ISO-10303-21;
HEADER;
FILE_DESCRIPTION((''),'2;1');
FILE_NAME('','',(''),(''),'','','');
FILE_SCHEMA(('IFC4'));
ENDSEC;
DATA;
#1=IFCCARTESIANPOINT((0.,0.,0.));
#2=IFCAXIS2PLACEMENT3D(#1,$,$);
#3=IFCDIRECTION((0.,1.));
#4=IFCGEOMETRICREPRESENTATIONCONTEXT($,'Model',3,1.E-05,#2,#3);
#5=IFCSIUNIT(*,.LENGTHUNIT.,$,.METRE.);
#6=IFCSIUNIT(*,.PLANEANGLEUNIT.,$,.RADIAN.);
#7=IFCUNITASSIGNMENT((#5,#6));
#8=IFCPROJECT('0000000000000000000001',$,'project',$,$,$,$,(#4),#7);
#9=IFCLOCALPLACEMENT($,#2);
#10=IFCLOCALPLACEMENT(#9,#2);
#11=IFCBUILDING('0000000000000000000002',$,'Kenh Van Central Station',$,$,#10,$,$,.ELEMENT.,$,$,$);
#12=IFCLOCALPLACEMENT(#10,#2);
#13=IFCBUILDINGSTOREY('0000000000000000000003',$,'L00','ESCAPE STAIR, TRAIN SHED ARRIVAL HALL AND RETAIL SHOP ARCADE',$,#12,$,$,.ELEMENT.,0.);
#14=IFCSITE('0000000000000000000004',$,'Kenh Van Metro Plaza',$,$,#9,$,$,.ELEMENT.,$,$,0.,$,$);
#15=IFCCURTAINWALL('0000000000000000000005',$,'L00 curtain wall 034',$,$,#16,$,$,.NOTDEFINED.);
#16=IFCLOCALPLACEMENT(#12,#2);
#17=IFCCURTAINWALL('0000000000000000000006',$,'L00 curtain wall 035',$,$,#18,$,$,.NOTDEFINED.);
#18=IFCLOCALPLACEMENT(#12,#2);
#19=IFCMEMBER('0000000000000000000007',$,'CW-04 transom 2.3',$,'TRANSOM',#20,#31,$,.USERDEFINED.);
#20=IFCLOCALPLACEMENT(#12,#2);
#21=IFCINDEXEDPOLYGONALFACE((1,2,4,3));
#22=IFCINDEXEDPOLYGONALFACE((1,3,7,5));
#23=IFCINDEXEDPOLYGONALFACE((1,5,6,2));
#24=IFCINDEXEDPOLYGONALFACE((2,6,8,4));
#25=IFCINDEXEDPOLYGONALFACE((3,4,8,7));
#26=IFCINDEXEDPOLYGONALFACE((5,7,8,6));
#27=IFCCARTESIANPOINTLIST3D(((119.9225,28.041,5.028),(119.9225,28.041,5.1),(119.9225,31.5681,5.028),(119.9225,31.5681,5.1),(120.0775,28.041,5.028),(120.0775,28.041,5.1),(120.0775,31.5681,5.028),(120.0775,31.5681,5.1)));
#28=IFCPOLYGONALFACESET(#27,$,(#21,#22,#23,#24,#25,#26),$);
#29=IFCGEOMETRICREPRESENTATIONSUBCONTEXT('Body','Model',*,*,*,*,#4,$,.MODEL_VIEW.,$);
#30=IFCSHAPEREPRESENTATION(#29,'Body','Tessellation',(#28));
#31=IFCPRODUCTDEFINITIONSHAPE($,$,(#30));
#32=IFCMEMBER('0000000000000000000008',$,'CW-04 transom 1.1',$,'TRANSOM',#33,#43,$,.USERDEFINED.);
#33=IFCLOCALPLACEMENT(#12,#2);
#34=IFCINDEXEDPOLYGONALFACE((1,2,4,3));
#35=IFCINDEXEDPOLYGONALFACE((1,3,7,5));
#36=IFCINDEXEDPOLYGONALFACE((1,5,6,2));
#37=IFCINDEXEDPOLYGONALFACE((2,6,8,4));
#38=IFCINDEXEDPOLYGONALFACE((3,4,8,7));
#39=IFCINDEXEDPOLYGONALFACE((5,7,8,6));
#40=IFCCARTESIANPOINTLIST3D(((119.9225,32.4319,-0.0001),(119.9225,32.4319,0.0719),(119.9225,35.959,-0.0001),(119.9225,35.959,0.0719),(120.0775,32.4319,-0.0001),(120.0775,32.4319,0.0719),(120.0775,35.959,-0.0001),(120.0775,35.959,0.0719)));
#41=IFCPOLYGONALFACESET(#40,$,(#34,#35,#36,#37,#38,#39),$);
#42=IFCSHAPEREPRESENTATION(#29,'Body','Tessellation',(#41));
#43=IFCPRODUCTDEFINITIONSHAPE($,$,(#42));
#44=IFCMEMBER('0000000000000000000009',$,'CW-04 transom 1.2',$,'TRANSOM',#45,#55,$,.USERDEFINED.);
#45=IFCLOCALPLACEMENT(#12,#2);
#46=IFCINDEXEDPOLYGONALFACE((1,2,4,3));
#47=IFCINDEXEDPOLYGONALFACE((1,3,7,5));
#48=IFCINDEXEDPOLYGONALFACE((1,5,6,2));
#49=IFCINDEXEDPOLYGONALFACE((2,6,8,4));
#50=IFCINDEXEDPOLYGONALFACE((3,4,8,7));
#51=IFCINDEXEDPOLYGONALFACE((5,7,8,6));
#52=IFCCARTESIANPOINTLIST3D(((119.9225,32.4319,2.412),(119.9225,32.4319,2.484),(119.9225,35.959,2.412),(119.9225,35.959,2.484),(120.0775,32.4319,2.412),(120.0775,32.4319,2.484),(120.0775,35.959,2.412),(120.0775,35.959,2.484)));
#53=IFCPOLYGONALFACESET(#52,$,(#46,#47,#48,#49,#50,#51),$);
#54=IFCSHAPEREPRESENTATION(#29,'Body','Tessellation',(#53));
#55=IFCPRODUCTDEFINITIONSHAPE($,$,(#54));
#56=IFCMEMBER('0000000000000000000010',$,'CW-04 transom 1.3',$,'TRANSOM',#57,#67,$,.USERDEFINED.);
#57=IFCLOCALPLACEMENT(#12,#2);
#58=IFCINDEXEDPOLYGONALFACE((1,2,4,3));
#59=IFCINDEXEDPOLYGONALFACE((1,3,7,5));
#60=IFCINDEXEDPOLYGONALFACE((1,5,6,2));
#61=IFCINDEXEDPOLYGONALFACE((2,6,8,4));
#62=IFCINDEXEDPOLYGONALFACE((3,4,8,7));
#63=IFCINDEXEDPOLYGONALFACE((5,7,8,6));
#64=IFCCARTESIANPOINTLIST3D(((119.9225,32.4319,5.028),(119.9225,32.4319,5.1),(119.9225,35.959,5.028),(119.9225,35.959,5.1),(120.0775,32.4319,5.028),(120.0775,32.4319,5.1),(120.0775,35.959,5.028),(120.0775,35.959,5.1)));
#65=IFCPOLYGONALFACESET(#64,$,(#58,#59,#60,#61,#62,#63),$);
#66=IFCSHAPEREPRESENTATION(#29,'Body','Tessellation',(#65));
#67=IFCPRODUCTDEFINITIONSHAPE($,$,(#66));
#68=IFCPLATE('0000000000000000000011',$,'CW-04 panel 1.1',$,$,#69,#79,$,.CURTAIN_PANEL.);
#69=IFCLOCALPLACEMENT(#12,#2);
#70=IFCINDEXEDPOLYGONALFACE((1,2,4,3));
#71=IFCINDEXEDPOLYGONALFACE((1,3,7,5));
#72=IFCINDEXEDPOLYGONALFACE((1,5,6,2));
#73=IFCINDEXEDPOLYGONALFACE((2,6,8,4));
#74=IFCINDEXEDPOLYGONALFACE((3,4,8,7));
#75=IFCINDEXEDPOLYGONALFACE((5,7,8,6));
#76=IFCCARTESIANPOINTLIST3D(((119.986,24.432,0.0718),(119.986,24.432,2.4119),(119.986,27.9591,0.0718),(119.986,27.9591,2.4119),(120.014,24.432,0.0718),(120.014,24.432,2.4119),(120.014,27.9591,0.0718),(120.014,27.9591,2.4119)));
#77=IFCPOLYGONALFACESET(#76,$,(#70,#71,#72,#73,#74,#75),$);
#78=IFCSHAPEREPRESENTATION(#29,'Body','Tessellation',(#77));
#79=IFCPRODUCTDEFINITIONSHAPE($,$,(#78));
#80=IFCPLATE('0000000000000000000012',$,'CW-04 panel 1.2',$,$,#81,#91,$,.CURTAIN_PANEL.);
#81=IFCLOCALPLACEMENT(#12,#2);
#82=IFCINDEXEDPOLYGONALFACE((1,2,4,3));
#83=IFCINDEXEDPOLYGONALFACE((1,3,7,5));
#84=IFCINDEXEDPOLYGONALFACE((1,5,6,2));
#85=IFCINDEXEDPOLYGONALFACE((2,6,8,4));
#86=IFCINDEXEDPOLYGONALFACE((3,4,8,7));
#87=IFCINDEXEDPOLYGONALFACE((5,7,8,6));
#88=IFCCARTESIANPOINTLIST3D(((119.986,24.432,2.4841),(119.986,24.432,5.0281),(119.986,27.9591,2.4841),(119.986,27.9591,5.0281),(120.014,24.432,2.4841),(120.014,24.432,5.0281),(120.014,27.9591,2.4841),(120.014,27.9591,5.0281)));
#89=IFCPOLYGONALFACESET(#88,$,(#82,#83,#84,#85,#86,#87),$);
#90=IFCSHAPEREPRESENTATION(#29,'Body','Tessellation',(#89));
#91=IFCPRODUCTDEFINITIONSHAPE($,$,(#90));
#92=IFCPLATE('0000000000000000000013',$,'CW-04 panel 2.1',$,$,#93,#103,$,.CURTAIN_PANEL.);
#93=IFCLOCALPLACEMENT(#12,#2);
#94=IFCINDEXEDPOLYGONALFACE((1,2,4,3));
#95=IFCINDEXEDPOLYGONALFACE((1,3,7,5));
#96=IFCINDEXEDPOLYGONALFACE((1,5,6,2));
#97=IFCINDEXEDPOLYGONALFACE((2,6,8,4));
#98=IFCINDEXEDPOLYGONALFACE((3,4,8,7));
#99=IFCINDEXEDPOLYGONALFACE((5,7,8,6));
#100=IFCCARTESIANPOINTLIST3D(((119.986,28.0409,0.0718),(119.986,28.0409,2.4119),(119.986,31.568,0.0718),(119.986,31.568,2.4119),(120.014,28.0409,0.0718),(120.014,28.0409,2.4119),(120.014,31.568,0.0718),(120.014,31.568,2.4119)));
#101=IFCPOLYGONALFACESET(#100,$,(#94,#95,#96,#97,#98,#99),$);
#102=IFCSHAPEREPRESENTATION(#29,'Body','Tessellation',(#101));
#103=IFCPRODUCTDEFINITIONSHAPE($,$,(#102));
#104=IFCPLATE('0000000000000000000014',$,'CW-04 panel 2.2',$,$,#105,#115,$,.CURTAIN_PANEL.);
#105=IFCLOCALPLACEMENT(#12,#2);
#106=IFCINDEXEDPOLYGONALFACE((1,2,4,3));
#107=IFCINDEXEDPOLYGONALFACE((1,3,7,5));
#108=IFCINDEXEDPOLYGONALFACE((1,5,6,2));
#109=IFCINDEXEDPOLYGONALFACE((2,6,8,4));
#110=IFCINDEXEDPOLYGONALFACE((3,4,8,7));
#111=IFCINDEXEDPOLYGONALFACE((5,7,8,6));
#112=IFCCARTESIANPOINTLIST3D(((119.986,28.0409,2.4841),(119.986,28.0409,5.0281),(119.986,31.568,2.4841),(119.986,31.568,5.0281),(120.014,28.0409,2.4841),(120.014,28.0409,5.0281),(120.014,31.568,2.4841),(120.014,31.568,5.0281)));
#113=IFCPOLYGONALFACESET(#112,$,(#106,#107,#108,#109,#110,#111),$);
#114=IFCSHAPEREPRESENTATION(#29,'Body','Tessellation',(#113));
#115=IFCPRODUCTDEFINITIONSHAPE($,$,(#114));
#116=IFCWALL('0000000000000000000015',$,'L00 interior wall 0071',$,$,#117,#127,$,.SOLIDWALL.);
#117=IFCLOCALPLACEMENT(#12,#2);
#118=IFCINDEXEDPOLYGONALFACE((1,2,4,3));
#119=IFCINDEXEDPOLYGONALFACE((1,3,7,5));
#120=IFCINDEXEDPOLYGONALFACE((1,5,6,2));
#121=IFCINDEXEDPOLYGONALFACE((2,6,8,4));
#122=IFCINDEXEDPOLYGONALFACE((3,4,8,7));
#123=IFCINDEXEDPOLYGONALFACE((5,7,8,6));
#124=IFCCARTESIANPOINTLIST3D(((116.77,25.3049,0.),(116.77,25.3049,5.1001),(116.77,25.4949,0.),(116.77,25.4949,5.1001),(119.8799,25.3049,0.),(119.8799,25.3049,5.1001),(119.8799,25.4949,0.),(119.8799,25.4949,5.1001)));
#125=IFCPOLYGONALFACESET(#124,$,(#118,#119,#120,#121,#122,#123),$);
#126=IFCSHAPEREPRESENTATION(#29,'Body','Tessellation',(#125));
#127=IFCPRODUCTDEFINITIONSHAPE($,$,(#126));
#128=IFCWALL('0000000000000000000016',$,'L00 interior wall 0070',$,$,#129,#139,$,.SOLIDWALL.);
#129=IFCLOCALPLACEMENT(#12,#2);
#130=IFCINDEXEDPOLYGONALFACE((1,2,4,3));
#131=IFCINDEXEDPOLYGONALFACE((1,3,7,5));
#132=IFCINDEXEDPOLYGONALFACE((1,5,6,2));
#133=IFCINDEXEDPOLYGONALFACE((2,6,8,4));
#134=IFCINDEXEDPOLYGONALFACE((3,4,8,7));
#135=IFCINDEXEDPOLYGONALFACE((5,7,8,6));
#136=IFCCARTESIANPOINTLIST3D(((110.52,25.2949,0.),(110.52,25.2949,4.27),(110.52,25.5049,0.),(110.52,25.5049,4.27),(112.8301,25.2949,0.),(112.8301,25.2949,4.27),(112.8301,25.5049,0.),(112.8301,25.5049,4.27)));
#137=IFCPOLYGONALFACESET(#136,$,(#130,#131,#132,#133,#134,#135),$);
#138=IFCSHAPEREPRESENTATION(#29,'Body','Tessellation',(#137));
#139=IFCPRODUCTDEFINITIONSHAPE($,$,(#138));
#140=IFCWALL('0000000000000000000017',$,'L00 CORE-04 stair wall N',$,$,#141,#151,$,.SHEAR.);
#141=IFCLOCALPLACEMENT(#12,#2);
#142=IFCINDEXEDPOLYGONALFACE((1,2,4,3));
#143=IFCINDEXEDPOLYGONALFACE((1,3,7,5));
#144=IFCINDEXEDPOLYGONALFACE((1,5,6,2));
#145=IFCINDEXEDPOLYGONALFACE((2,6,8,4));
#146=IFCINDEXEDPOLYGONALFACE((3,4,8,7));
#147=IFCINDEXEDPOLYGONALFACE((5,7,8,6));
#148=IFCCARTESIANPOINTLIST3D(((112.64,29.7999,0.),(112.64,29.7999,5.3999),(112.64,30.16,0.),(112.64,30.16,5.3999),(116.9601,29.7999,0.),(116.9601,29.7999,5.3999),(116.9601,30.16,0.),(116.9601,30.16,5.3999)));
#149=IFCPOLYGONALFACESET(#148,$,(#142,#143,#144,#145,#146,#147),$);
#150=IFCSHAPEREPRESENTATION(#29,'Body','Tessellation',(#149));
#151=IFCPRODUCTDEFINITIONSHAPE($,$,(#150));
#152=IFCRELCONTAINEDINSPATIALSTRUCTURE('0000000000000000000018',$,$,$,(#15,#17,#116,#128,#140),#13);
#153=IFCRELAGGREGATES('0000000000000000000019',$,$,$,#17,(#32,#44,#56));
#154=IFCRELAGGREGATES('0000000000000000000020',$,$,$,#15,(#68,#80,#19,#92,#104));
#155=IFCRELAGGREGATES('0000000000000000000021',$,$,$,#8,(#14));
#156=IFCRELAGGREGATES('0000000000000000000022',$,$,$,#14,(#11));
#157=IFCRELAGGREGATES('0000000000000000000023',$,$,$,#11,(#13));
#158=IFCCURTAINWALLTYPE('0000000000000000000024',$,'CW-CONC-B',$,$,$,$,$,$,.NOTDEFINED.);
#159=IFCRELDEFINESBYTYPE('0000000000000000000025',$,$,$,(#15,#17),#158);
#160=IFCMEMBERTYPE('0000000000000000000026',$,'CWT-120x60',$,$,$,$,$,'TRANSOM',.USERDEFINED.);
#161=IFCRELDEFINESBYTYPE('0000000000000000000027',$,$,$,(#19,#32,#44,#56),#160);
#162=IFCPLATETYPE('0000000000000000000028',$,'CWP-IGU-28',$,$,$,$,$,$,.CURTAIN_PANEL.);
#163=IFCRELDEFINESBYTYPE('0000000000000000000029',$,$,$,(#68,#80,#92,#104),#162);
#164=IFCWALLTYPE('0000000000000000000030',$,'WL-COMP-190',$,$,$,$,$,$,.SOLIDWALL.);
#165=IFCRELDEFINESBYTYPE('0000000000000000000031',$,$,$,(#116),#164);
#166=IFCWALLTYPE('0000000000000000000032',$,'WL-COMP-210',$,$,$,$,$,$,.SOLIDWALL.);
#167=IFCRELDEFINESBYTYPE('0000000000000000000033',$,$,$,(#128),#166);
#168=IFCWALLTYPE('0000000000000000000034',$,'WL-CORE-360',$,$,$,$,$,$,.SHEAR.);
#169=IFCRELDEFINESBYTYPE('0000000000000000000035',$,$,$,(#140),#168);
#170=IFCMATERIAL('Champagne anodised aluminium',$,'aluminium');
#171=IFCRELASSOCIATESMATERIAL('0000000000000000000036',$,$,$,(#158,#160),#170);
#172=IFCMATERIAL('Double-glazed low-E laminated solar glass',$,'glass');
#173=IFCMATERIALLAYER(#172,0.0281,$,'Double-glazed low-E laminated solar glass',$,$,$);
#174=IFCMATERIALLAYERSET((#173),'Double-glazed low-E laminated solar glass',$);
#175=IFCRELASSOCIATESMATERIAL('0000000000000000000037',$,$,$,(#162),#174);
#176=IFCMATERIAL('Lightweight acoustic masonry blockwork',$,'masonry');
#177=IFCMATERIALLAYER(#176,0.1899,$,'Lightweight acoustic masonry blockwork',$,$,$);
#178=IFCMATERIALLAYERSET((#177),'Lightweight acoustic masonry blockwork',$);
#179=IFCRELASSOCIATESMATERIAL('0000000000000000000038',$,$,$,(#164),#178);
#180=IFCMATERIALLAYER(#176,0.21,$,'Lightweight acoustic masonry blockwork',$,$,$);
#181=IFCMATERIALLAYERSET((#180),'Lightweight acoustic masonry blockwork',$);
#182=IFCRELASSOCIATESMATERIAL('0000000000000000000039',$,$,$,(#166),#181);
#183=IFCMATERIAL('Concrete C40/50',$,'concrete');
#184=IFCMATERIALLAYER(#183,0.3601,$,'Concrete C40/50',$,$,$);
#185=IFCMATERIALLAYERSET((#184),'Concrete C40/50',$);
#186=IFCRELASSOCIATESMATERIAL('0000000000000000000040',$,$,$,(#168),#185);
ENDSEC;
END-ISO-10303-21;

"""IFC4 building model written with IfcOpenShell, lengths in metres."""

from ifc_helpers import new_model, si_unit, direction, frame, frame_2d, origin, origin_2d, place, context, subcontext, project, spatial, rectangle, extrude, material, layer, layer_set, material_profile, profile_set, type_object, element, aggregate, save


model = new_model("IFC4")

# Units and contexts
model_context = context("Model", 3, precision=1e-05, world=origin(), true_north=direction((0.0, 1.0)))
body_context = subcontext(model_context, "Body", "Model", "MODEL_VIEW")
ifc_project = project(units=[si_unit("LENGTHUNIT", "METRE"), si_unit("PLANEANGLEUNIT", "RADIAN")], contexts=[model_context])

# Site, building, storey
site_placement = place(None, origin())
site = spatial("IfcSite", under=ifc_project, at=site_placement, Name="Kenh Van Metro Plaza", CompositionType="ELEMENT", RefElevation=0.0)
building_placement = place(site_placement, origin())
building = spatial("IfcBuilding", under=site, at=building_placement, Name="Kenh Van Central Station", CompositionType="ELEMENT")
storey_placement = place(building_placement, origin())
storey = spatial("IfcBuildingStorey", under=building, at=storey_placement, Name="L00", Description="ESCAPE STAIR, TRAIN SHED ARRIVAL HALL AND RETAIL SHOP ARCADE", CompositionType="ELEMENT", Elevation=0.0)

# Shared definitions
ifc_material_1 = material(Name="Concrete C40/50", Category="concrete")

# Curtain wall
ifc_material_2 = material(Name="Champagne anodised aluminium", Category="aluminium")
curtain_wall_type = type_object("IfcCurtainWallType", Name="CW-CONC-B", PredefinedType="NOTDEFINED", material=ifc_material_2)
curtain_wall_1_placement = place(storey_placement, origin())
curtain_wall_1 = element("IfcCurtainWall", 1, at=curtain_wall_1_placement, inside=storey, type_object=curtain_wall_type, Name="L00 curtain wall 034", PredefinedType="NOTDEFINED")

# Curtain wall
curtain_wall_2_placement = place(storey_placement, origin())
curtain_wall_2 = element("IfcCurtainWall", 2, at=curtain_wall_2_placement, inside=storey, type_object=curtain_wall_type, Name="L00 curtain wall 035", PredefinedType="NOTDEFINED")

# Members
ifc_material_profile_1 = material_profile(ifc_material_2, rectangle(XDim=0.155, YDim=0.072, at=origin_2d()), Name="AL 155x72")
ifc_profile_set_1 = profile_set([ifc_material_profile_1], Name="Champagne anodised aluminium")
member_type_1 = type_object("IfcMemberType", Name="CWT-120x60", ElementType="TRANSOM", PredefinedType="USERDEFINED", material=ifc_profile_set_1)
member_1_placement = place(storey_placement, frame((120.0, 28.041, 5.064), z_axis=(0.0, 1.0, 0.0), x_axis=(-1.0, 0.0, 0.0)))
member_1 = element("IfcMember", 3, at=member_1_placement, type_object=member_type_1, Name="CW-04 transom 2.3", ObjectType="TRANSOM", PredefinedType="USERDEFINED", context=body_context, shape_type="SweptSolid", body=[
    extrude(rectangle(XDim=0.155, YDim=0.072, at=origin_2d()), origin(), (0.0, 0.0, 1.0), 3.5271),
])
member_2_placement = place(storey_placement, frame((120.0, 32.4319, 0.0359), z_axis=(0.0, 1.0, 0.0), x_axis=(-1.0, 0.0, 0.0)))
member_2 = element("IfcMember", 4, at=member_2_placement, type_object=member_type_1, Name="CW-04 transom 1.1", ObjectType="TRANSOM", PredefinedType="USERDEFINED", context=body_context, shape_type="SweptSolid", body=[
    extrude(rectangle(XDim=0.155, YDim=0.072, at=origin_2d()), origin(), (0.0, 0.0, 1.0), 3.5271),
])
member_3_placement = place(storey_placement, frame((120.0, 32.4319, 2.448), z_axis=(0.0, 1.0, 0.0), x_axis=(-1.0, 0.0, 0.0)))
member_3 = element("IfcMember", 5, at=member_3_placement, type_object=member_type_1, Name="CW-04 transom 1.2", ObjectType="TRANSOM", PredefinedType="USERDEFINED", context=body_context, shape_type="SweptSolid", body=[
    extrude(rectangle(XDim=0.155, YDim=0.072, at=origin_2d()), origin(), (0.0, 0.0, 1.0), 3.5271),
])
member_4_placement = place(storey_placement, frame((120.0, 32.4319, 5.064), z_axis=(0.0, 1.0, 0.0), x_axis=(-1.0, 0.0, 0.0)))
member_4 = element("IfcMember", 6, at=member_4_placement, type_object=member_type_1, Name="CW-04 transom 1.3", ObjectType="TRANSOM", PredefinedType="USERDEFINED", context=body_context, shape_type="SweptSolid", body=[
    extrude(rectangle(XDim=0.155, YDim=0.072, at=origin_2d()), origin(), (0.0, 0.0, 1.0), 3.5271),
])
aggregate(curtain_wall_2, [member_2, member_3, member_4])

# Plates
ifc_material_3 = material(Name="Double-glazed low-E laminated solar glass", Category="glass")
ifc_layer_1 = layer(ifc_material_3, 0.0281, Name="Double-glazed low-E laminated solar glass")
ifc_layer_set_1 = layer_set([ifc_layer_1], Name="Double-glazed low-E laminated solar glass")
plate_type = type_object("IfcPlateType", Name="CWP-IGU-28", PredefinedType="CURTAIN_PANEL", material=ifc_layer_set_1)
plate_1_placement = place(storey_placement, frame((120.0, 26.1956, 0.0718), z_axis=(0.0, 0.0, 1.0), x_axis=(0.0, 1.0, 0.0)))
plate_1 = element("IfcPlate", 7, at=plate_1_placement, type_object=plate_type, Name="CW-04 panel 1.1", PredefinedType="CURTAIN_PANEL", context=body_context, shape_type="SweptSolid", body=[
    extrude(rectangle(XDim=3.5271, YDim=0.0281, at=origin_2d()), origin(), (0.0, 0.0, 1.0), 2.3401),
])
plate_2_placement = place(storey_placement, frame((120.0, 26.1956, 2.4841), z_axis=(0.0, 0.0, 1.0), x_axis=(0.0, 1.0, 0.0)))
plate_2 = element("IfcPlate", 8, at=plate_2_placement, type_object=plate_type, Name="CW-04 panel 1.2", PredefinedType="CURTAIN_PANEL", context=body_context, shape_type="SweptSolid", body=[
    extrude(rectangle(XDim=3.5271, YDim=0.0281, at=origin_2d()), origin(), (0.0, 0.0, 1.0), 2.5439),
])
plate_3_placement = place(storey_placement, frame((120.0, 29.8044, 0.0718), z_axis=(0.0, 0.0, 1.0), x_axis=(0.0, 1.0, 0.0)))
plate_3 = element("IfcPlate", 9, at=plate_3_placement, type_object=plate_type, Name="CW-04 panel 2.1", PredefinedType="CURTAIN_PANEL", context=body_context, shape_type="SweptSolid", body=[
    extrude(rectangle(XDim=3.5271, YDim=0.0281, at=origin_2d()), origin(), (0.0, 0.0, 1.0), 2.3401),
])
plate_4_placement = place(storey_placement, frame((120.0, 29.8044, 2.4841), z_axis=(0.0, 0.0, 1.0), x_axis=(0.0, 1.0, 0.0)))
plate_4 = element("IfcPlate", 10, at=plate_4_placement, type_object=plate_type, Name="CW-04 panel 2.2", PredefinedType="CURTAIN_PANEL", context=body_context, shape_type="SweptSolid", body=[
    extrude(rectangle(XDim=3.5271, YDim=0.0281, at=origin_2d()), origin(), (0.0, 0.0, 1.0), 2.5439),
])
aggregate(curtain_wall_1, [plate_1, plate_2, member_1, plate_3, plate_4])

# Walls
ifc_material_4 = material(Name="Lightweight acoustic masonry blockwork", Category="masonry")
ifc_layer_2 = layer(ifc_material_4, 0.1899, Name="Lightweight acoustic masonry blockwork")
ifc_layer_set_2 = layer_set([ifc_layer_2], Name="Lightweight acoustic masonry blockwork")
wall_type_1 = type_object("IfcWallType", Name="WL-COMP-190", PredefinedType="SOLIDWALL", material=ifc_layer_set_2)
wall_1_placement = place(storey_placement, frame((116.77, 25.3999, 0.0), z_axis=(0.0, 0.0, 1.0), x_axis=(1.0, 0.0, 0.0)))
element("IfcWall", 11, at=wall_1_placement, inside=storey, type_object=wall_type_1, Name="L00 interior wall 0071", PredefinedType="SOLIDWALL", context=body_context, shape_type="SweptSolid", body=[
    extrude(rectangle(XDim=3.1099, YDim=0.1899, at=frame_2d((1.5549, 0.0))), origin(), (0.0, 0.0, 1.0), 5.1001),
])
ifc_layer_3 = layer(ifc_material_4, 0.21, Name="Lightweight acoustic masonry blockwork")
ifc_layer_set_3 = layer_set([ifc_layer_3], Name="Lightweight acoustic masonry blockwork")
wall_type_2 = type_object("IfcWallType", Name="WL-COMP-210", PredefinedType="SOLIDWALL", material=ifc_layer_set_3)
wall_2_placement = place(storey_placement, frame((110.52, 25.3999, 0.0), z_axis=(0.0, 0.0, 1.0), x_axis=(1.0, 0.0, 0.0)))
element("IfcWall", 12, at=wall_2_placement, inside=storey, type_object=wall_type_2, Name="L00 interior wall 0070", PredefinedType="SOLIDWALL", context=body_context, shape_type="SweptSolid", body=[
    extrude(rectangle(XDim=2.3101, YDim=0.21, at=frame_2d((1.155, 0.0))), origin(), (0.0, 0.0, 1.0), 4.27),
])
ifc_layer_4 = layer(ifc_material_1, 0.3601, Name="Concrete C40/50")
ifc_layer_set_4 = layer_set([ifc_layer_4], Name="Concrete C40/50")
wall_type_3 = type_object("IfcWallType", Name="WL-CORE-360", PredefinedType="SHEAR", material=ifc_layer_set_4)
wall_3_placement = place(storey_placement, frame((112.6399, 29.98, 0.0), z_axis=(0.0, 0.0, 1.0), x_axis=(1.0, 0.0, 0.0)))
element("IfcWall", 13, at=wall_3_placement, inside=storey, type_object=wall_type_3, Name="L00 CORE-04 stair wall N", PredefinedType="SHEAR", context=body_context, shape_type="SweptSolid", body=[
    extrude(rectangle(XDim=4.3201, YDim=0.3601, at=frame_2d((2.1602, 0.0))), origin(), (0.0, 0.0, 1.0), 5.3999),
])

save(model, "model.ifc")
